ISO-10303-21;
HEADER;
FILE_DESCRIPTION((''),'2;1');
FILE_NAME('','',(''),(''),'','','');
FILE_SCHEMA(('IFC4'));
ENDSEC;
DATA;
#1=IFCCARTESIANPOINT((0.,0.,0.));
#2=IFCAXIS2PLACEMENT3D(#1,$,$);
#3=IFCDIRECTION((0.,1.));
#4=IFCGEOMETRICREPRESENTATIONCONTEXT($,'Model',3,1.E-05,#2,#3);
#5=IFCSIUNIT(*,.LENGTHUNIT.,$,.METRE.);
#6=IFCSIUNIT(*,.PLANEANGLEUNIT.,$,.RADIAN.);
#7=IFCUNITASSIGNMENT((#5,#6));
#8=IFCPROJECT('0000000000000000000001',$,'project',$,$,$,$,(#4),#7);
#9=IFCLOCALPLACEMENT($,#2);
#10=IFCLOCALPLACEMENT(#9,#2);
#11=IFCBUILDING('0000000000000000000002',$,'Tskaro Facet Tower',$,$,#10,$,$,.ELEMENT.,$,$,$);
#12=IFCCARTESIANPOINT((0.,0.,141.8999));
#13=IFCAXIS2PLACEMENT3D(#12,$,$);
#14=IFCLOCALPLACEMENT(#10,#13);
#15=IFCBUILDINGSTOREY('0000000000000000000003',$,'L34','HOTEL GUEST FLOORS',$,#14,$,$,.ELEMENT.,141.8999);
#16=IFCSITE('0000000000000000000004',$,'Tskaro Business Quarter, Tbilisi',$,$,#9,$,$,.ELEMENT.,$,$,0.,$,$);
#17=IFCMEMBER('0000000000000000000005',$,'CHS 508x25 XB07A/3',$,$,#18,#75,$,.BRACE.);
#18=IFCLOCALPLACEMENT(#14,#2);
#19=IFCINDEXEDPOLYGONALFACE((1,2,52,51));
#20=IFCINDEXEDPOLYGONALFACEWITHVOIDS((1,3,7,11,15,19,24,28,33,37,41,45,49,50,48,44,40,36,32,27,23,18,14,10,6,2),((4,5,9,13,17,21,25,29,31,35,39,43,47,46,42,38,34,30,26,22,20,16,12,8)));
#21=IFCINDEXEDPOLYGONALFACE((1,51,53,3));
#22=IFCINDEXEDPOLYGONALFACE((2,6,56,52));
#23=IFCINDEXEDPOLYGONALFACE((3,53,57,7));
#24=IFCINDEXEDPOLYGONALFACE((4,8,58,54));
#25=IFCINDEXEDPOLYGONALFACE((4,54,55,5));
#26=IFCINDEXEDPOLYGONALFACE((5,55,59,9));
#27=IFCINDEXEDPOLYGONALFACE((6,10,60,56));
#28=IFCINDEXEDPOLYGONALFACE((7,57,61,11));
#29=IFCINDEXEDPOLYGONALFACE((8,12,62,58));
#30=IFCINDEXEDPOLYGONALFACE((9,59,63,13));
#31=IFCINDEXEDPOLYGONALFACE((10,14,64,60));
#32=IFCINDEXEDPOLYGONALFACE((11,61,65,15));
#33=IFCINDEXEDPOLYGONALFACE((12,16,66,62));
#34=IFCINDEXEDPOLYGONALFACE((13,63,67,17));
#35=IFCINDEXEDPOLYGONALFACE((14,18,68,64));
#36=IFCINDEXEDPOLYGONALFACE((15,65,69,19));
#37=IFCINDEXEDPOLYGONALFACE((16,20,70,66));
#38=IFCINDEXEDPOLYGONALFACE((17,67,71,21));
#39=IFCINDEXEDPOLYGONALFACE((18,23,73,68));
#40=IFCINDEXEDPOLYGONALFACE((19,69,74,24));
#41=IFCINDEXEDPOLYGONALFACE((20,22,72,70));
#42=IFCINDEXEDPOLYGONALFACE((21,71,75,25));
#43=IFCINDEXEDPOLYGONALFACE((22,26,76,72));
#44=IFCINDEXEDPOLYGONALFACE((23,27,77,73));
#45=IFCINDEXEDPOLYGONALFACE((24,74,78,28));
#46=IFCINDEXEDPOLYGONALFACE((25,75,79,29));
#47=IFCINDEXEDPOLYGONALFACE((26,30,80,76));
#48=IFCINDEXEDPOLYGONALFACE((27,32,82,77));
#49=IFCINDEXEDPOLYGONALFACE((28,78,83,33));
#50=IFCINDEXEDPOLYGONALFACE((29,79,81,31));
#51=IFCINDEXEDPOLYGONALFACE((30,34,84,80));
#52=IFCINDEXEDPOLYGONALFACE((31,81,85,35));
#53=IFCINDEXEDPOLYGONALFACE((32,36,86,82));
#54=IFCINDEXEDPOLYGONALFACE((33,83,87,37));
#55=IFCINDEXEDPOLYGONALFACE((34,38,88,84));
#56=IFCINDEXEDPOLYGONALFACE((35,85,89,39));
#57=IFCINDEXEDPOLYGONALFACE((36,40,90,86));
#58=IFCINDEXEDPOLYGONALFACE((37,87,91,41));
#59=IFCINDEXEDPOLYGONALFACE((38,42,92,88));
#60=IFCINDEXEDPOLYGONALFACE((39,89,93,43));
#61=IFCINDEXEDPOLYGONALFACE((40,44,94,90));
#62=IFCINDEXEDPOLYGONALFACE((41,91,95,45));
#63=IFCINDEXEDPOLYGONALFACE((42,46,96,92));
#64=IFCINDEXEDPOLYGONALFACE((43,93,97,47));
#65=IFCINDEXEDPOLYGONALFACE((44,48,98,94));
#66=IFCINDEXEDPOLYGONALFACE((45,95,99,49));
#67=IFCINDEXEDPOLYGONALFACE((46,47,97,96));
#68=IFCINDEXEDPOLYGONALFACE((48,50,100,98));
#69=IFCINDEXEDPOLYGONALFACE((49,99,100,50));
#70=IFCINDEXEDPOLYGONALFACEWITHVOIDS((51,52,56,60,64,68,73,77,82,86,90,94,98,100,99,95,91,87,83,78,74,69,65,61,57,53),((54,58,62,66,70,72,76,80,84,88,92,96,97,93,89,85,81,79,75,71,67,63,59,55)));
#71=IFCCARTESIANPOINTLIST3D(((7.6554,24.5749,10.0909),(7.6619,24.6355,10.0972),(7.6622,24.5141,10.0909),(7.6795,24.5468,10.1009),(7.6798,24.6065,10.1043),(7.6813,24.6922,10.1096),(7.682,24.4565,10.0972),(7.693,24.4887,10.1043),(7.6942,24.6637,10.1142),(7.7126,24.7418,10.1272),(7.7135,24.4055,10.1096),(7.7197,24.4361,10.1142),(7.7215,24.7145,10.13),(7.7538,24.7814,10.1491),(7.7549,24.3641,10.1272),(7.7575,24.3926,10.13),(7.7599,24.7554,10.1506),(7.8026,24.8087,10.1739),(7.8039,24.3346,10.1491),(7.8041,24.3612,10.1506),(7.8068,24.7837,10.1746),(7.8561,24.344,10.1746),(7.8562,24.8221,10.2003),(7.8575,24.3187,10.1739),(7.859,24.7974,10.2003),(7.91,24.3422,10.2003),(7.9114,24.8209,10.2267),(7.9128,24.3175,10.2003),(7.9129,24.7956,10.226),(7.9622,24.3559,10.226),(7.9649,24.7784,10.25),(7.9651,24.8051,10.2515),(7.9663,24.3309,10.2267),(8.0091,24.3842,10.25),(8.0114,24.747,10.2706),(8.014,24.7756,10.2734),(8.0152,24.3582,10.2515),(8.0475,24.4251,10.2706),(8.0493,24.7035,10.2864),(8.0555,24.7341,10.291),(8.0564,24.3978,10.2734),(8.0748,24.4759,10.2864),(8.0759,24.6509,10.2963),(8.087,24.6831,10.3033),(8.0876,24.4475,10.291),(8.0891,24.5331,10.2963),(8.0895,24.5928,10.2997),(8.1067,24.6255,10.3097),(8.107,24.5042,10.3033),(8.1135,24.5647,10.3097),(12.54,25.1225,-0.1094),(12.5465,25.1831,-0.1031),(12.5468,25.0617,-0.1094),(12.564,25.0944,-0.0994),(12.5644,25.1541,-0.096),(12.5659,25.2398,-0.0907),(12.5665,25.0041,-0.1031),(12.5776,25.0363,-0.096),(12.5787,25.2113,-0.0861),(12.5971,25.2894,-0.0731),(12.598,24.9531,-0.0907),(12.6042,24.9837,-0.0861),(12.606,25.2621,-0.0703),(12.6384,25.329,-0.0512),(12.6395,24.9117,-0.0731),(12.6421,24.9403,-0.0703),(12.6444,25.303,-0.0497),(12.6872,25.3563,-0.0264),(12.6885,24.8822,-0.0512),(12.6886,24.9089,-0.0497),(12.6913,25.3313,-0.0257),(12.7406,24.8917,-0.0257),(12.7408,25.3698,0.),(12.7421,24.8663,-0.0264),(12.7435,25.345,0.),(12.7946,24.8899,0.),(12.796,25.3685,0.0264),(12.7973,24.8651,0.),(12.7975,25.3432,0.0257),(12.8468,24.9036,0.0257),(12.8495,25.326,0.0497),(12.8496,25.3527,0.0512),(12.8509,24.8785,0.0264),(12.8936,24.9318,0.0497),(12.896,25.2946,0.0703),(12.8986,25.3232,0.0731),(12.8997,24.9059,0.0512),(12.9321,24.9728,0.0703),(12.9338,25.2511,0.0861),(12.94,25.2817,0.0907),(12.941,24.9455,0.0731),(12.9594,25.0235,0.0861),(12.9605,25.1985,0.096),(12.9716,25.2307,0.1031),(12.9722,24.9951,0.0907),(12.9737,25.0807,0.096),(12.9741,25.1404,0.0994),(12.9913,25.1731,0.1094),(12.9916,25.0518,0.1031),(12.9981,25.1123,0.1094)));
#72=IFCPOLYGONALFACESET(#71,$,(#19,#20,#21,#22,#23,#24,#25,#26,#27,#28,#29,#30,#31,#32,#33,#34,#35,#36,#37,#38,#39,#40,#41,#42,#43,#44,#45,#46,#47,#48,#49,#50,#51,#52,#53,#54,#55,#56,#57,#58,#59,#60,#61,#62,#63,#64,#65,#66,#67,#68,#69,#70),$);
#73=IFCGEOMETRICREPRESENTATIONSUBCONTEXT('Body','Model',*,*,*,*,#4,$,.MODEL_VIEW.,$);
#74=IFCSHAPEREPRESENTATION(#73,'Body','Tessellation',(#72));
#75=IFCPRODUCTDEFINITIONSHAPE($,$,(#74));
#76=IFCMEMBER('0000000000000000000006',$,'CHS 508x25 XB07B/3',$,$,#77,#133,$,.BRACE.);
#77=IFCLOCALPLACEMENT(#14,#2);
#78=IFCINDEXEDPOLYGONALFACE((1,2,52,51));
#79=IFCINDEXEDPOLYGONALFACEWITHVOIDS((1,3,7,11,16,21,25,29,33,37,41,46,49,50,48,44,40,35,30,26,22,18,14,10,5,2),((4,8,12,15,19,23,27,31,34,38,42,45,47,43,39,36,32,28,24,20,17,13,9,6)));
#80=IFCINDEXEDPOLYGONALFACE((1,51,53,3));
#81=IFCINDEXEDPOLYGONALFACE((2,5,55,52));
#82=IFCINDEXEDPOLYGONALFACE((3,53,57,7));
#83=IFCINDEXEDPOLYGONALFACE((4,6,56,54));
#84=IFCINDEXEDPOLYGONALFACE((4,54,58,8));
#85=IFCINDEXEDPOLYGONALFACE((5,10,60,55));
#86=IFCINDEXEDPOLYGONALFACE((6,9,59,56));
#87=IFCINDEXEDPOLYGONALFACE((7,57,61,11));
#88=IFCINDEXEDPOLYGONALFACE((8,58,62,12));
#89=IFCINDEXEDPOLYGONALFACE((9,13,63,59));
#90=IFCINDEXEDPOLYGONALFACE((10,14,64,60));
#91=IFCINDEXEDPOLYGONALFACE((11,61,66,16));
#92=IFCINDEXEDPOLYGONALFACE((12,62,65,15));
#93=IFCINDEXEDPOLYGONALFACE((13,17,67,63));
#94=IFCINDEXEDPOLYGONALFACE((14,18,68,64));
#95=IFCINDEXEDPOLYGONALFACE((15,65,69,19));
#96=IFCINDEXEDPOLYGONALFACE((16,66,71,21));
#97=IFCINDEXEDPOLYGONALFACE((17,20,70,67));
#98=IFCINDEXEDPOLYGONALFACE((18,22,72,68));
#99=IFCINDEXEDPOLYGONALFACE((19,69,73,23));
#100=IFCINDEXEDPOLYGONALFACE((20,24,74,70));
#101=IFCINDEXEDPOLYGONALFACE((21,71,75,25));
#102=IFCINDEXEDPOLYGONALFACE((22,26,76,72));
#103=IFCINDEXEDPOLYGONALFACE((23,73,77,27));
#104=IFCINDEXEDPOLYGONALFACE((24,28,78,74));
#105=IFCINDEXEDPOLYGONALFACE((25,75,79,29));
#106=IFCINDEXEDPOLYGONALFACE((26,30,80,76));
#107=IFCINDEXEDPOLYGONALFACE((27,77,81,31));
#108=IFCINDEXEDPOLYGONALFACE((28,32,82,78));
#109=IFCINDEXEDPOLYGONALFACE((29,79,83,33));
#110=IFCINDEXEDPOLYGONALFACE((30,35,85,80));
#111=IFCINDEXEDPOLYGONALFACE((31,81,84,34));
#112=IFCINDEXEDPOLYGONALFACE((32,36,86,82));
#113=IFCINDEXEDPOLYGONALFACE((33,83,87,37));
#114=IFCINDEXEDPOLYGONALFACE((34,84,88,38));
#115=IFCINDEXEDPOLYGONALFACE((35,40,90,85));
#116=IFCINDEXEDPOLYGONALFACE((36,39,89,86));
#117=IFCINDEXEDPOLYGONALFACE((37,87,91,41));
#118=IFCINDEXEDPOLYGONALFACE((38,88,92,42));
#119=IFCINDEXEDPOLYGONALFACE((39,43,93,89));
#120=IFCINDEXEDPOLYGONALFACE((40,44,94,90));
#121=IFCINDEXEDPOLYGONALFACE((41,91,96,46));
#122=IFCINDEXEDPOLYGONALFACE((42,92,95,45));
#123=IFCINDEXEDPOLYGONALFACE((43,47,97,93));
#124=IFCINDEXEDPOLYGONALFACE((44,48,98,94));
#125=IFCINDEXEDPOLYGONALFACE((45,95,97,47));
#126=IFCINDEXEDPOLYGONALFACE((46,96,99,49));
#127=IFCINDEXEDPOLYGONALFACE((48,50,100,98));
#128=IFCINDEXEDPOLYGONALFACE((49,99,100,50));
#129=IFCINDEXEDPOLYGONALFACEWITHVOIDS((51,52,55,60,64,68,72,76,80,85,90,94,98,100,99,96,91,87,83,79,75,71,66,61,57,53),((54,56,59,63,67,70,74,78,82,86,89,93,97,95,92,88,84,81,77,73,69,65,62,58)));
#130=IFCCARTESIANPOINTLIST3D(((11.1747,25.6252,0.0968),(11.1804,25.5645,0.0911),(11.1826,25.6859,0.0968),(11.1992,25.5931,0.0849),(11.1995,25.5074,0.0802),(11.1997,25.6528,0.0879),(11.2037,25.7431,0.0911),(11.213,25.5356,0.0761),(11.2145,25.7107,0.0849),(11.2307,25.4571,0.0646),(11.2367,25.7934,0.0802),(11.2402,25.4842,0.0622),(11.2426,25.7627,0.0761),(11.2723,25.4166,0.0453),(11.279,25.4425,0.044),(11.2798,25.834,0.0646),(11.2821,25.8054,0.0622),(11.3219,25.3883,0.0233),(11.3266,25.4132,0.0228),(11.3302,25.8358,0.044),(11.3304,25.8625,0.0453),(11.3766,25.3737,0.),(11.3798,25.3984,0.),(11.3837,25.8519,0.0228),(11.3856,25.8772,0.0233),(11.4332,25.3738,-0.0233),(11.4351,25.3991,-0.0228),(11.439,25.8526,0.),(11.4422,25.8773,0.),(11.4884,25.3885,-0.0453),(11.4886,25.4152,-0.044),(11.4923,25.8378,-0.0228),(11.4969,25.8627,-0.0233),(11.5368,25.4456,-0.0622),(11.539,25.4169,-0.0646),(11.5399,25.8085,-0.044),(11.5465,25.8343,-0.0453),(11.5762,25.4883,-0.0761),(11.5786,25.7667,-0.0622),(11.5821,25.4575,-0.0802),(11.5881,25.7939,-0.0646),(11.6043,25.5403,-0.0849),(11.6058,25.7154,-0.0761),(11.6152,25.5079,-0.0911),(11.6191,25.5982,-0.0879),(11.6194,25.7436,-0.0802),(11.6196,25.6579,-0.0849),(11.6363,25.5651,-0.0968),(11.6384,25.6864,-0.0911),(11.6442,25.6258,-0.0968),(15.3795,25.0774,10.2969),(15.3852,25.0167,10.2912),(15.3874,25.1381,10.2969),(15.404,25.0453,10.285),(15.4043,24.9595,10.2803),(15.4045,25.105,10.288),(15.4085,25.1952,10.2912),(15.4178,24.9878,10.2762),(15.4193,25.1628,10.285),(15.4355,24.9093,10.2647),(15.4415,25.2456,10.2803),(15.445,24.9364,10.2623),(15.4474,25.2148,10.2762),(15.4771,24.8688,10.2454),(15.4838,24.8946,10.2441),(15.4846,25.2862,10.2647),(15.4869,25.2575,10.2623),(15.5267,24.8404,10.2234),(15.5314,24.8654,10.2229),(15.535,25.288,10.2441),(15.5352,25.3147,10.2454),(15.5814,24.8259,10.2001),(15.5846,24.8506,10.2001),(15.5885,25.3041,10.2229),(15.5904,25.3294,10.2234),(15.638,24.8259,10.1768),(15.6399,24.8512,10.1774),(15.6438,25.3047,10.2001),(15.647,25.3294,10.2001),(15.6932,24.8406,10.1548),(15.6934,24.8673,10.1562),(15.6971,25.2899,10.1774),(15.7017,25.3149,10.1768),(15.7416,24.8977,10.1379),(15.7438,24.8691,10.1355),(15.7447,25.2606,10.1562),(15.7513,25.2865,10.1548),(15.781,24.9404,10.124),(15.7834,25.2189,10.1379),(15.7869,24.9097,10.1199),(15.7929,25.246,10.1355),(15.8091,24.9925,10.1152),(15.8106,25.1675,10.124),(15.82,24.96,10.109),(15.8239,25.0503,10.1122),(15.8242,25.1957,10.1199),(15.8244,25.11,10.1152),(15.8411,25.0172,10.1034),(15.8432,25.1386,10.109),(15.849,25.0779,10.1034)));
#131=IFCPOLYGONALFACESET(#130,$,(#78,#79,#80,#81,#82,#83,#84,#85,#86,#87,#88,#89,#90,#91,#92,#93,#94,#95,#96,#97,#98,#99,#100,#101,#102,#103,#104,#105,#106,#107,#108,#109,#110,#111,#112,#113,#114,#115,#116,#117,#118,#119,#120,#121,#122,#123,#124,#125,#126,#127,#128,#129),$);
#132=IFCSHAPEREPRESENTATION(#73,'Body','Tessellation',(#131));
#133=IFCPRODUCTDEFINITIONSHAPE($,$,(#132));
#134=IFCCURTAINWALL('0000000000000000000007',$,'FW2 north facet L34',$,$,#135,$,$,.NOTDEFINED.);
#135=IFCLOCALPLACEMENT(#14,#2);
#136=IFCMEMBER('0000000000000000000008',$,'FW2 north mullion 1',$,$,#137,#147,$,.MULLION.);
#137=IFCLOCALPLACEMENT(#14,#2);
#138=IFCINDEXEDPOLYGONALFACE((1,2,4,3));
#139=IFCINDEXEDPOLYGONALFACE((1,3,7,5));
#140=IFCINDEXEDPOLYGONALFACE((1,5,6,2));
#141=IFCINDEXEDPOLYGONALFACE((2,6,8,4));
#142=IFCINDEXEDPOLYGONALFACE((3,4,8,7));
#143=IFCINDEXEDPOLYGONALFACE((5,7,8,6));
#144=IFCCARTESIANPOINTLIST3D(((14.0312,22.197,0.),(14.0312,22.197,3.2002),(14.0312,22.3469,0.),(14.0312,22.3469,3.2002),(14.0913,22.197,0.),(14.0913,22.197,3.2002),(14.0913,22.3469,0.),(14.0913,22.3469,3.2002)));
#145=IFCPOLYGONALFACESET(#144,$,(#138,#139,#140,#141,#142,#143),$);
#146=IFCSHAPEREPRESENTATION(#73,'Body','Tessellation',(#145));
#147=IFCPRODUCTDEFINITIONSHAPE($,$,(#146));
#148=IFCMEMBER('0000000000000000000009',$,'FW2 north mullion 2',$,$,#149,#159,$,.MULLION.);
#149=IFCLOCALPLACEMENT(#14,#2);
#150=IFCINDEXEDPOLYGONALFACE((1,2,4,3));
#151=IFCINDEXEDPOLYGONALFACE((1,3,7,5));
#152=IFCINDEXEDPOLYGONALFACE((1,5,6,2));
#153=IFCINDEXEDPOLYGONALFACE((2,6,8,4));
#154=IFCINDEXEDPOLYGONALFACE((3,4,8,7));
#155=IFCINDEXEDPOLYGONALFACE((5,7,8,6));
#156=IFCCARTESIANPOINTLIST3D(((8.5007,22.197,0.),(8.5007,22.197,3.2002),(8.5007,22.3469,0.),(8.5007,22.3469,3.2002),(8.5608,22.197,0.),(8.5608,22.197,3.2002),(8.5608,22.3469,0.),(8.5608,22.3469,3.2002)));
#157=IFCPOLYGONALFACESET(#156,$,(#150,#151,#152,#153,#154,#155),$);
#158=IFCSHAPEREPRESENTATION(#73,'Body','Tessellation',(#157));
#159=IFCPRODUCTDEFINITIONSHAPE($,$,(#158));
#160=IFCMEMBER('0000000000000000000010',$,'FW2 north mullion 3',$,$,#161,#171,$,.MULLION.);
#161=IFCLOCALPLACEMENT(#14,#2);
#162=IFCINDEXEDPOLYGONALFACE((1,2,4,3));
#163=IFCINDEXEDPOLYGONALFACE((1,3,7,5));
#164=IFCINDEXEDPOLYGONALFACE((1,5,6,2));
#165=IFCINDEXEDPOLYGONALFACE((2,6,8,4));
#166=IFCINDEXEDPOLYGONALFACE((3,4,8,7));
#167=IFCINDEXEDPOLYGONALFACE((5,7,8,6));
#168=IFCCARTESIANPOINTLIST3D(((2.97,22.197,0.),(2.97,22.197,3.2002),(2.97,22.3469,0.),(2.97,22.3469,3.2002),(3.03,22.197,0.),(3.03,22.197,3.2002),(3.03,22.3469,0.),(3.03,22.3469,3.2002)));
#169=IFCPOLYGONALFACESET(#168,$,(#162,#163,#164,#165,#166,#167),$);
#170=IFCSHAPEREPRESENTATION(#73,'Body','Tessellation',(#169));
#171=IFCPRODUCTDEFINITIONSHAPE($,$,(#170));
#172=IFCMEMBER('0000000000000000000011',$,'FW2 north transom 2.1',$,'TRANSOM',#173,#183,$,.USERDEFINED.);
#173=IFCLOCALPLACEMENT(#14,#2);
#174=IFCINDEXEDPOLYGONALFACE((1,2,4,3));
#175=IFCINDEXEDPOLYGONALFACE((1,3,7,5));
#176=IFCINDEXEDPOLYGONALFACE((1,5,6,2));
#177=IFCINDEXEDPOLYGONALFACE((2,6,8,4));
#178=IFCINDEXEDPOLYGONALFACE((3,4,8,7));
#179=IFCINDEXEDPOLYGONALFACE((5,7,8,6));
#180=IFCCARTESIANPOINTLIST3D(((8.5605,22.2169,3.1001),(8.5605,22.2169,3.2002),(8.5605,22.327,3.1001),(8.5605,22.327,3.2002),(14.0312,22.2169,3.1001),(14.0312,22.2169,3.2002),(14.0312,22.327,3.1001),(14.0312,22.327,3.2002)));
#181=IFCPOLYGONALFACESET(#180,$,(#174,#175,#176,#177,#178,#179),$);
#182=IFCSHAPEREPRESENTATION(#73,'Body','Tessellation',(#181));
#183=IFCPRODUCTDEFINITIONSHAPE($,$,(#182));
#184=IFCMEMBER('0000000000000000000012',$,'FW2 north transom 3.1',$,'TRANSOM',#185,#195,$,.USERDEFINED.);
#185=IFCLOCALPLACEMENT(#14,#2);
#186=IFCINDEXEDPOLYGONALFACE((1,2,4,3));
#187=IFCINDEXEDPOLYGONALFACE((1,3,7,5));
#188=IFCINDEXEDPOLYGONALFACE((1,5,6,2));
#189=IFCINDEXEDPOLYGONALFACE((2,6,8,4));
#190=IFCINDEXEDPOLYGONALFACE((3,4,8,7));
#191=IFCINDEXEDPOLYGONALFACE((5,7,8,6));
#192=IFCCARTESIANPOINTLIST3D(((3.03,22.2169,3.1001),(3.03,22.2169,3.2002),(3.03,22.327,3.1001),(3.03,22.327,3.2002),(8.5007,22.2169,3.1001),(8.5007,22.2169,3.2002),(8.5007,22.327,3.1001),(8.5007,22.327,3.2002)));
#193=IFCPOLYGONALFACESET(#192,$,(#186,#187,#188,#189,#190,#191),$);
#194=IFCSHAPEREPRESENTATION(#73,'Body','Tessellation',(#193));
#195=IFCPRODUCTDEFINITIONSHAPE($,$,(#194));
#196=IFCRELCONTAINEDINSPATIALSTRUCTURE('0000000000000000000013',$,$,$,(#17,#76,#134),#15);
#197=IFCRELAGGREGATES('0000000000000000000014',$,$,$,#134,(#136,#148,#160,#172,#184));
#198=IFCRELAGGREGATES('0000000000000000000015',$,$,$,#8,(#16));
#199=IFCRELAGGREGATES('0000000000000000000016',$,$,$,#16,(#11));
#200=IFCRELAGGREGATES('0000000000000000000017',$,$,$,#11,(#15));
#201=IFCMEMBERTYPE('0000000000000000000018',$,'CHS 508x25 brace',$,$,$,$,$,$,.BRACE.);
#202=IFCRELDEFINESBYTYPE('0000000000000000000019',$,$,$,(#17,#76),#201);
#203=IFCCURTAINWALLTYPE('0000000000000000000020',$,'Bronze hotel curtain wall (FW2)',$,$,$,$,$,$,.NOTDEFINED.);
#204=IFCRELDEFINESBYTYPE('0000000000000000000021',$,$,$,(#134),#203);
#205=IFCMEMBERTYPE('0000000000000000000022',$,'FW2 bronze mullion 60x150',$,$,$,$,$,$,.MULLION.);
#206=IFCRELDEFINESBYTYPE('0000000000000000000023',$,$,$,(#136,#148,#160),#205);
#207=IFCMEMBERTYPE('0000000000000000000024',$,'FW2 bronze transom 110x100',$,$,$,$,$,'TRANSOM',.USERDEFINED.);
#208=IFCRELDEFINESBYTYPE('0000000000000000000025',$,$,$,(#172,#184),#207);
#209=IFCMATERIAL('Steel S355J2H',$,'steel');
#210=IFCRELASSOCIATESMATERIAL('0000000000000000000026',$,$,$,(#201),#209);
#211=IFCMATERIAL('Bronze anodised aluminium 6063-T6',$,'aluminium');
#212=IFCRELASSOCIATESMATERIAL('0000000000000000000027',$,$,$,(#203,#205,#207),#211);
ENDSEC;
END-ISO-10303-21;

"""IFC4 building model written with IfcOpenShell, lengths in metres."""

from ifc_helpers import new_model, si_unit, direction, frame, origin, origin_2d, place, context, subcontext, project, spatial, rectangle, hollow_circle, extrude, material, material_profile, profile_set, type_object, element, aggregate, save


model = new_model("IFC4")

# Units and contexts
model_context = context("Model", 3, precision=1e-05, world=origin(), true_north=direction((0.0, 1.0)))
body_context = subcontext(model_context, "Body", "Model", "MODEL_VIEW")
ifc_project = project(units=[si_unit("LENGTHUNIT", "METRE"), si_unit("PLANEANGLEUNIT", "RADIAN")], contexts=[model_context])

# Site, building, storey
site_placement = place(None, origin())
site = spatial("IfcSite", under=ifc_project, at=site_placement, Name="Tskaro Business Quarter, Tbilisi", CompositionType="ELEMENT", RefElevation=0.0)
building_placement = place(site_placement, origin())
building = spatial("IfcBuilding", under=site, at=building_placement, Name="Tskaro Facet Tower", CompositionType="ELEMENT")
storey_placement = place(building_placement, frame((0.0, 0.0, 141.8999)))
storey = spatial("IfcBuildingStorey", under=building, at=storey_placement, Name="L34", Description="HOTEL GUEST FLOORS", CompositionType="ELEMENT", Elevation=141.8999)

# Shared definitions
ifc_material_1 = material(Name="Steel S355J2H", Category="steel")

# Members
ifc_material_profile_1 = material_profile(ifc_material_1, hollow_circle(Radius=0.2539, WallThickness=0.0249, at=origin_2d()), Name="CHS 508x25")
ifc_profile_set_1 = profile_set([ifc_material_profile_1], Name="Steel S355J2H")
member_type_1 = type_object("IfcMemberType", Name="CHS 508x25 brace", PredefinedType="BRACE", material=ifc_profile_set_1)
member_1_placement = place(storey_placement, frame((12.769, 25.1174, 0.0), z_axis=(-0.431394, -0.048364, 0.900866), x_axis=(0.111413, -0.993774, 0.0)))
element("IfcMember", 1, at=member_1_placement, inside=storey, type_object=member_type_1, Name="CHS 508x25 XB07A/3", PredefinedType="BRACE", context=body_context, shape_type="SweptSolid", body=[
    extrude(hollow_circle(Radius=0.2539, WallThickness=0.0249, at=origin_2d()), origin(), (0.0, 0.0, 1.0), 11.3228),
])
member_2_placement = place(storey_placement, frame((11.4094, 25.6255, 0.0), z_axis=(0.380649, -0.049595, 0.923389), x_axis=(0.129199, 0.991619, 0.0)))
element("IfcMember", 2, at=member_2_placement, inside=storey, type_object=member_type_1, Name="CHS 508x25 XB07B/3", PredefinedType="BRACE", context=body_context, shape_type="SweptSolid", body=[
    extrude(hollow_circle(Radius=0.2539, WallThickness=0.0249, at=origin_2d()), origin(), (0.0, 0.0, 1.0), 11.0464),
])

# Curtain wall, members
ifc_material_2 = material(Name="Bronze anodised aluminium 6063-T6", Category="aluminium")
curtain_wall_type = type_object("IfcCurtainWallType", Name="Bronze hotel curtain wall (FW2)", PredefinedType="NOTDEFINED", material=ifc_material_2)
curtain_wall_placement = place(storey_placement, origin())
curtain_wall = element("IfcCurtainWall", 3, at=curtain_wall_placement, inside=storey, type_object=curtain_wall_type, Name="FW2 north facet L34", PredefinedType="NOTDEFINED")
ifc_material_profile_2 = material_profile(ifc_material_2, rectangle(XDim=0.0601, YDim=0.1499, at=origin_2d()), Name="Mullion 60x150")
ifc_profile_set_2 = profile_set([ifc_material_profile_2], Name="Bronze anodised aluminium 6063-T6")
member_type_2 = type_object("IfcMemberType", Name="FW2 bronze mullion 60x150", PredefinedType="MULLION", material=ifc_profile_set_2)
member_3_placement = place(storey_placement, frame((14.0613, 22.272, 0.0), z_axis=(0.0, 0.0, 1.0), x_axis=(-1.0, 0.0, 0.0)))
member_3 = element("IfcMember", 4, at=member_3_placement, type_object=member_type_2, Name="FW2 north mullion 1", PredefinedType="MULLION", context=body_context, shape_type="SweptSolid", body=[
    extrude(rectangle(XDim=0.0601, YDim=0.1499, at=origin_2d()), origin(), (0.0, 0.0, 1.0), 3.2002),
])
member_4_placement = place(storey_placement, frame((8.5308, 22.272, 0.0), z_axis=(0.0, 0.0, 1.0), x_axis=(-1.0, 0.0, 0.0)))
member_4 = element("IfcMember", 5, at=member_4_placement, type_object=member_type_2, Name="FW2 north mullion 2", PredefinedType="MULLION", context=body_context, shape_type="SweptSolid", body=[
    extrude(rectangle(XDim=0.0601, YDim=0.1499, at=origin_2d()), origin(), (0.0, 0.0, 1.0), 3.2002),
])
member_5_placement = place(storey_placement, frame((3.0, 22.272, 0.0), z_axis=(0.0, 0.0, 1.0), x_axis=(-1.0, 0.0, 0.0)))
member_5 = element("IfcMember", 6, at=member_5_placement, type_object=member_type_2, Name="FW2 north mullion 3", PredefinedType="MULLION", context=body_context, shape_type="SweptSolid", body=[
    extrude(rectangle(XDim=0.0601, YDim=0.1499, at=origin_2d()), origin(), (0.0, 0.0, 1.0), 3.2002),
])
ifc_material_profile_3 = material_profile(ifc_material_2, rectangle(XDim=0.1101, YDim=0.1001, at=origin_2d()), Name="Transom 110x100")
ifc_profile_set_3 = profile_set([ifc_material_profile_3], Name="Bronze anodised aluminium 6063-T6")
member_type_3 = type_object("IfcMemberType", Name="FW2 bronze transom 110x100", ElementType="TRANSOM", PredefinedType="USERDEFINED", material=ifc_profile_set_3)
member_6_placement = place(storey_placement, frame((14.0312, 22.272, 3.1501), z_axis=(-1.0, 0.0, 0.0), x_axis=(0.0, -1.0, 0.0)))
member_6 = element("IfcMember", 7, at=member_6_placement, type_object=member_type_3, Name="FW2 north transom 2.1", ObjectType="TRANSOM", PredefinedType="USERDEFINED", context=body_context, shape_type="SweptSolid", body=[
    extrude(rectangle(XDim=0.1101, YDim=0.1001, at=origin_2d()), origin(), (0.0, 0.0, 1.0), 5.4707),
])
member_7_placement = place(storey_placement, frame((8.5007, 22.272, 3.1501), z_axis=(-1.0, 0.0, 0.0), x_axis=(0.0, -1.0, 0.0)))
member_7 = element("IfcMember", 8, at=member_7_placement, type_object=member_type_3, Name="FW2 north transom 3.1", ObjectType="TRANSOM", PredefinedType="USERDEFINED", context=body_context, shape_type="SweptSolid", body=[
    extrude(rectangle(XDim=0.1101, YDim=0.1001, at=origin_2d()), origin(), (0.0, 0.0, 1.0), 5.4707),
])

aggregate(curtain_wall, [member_3, member_4, member_5, member_6, member_7])

save(model, "model.ifc")
